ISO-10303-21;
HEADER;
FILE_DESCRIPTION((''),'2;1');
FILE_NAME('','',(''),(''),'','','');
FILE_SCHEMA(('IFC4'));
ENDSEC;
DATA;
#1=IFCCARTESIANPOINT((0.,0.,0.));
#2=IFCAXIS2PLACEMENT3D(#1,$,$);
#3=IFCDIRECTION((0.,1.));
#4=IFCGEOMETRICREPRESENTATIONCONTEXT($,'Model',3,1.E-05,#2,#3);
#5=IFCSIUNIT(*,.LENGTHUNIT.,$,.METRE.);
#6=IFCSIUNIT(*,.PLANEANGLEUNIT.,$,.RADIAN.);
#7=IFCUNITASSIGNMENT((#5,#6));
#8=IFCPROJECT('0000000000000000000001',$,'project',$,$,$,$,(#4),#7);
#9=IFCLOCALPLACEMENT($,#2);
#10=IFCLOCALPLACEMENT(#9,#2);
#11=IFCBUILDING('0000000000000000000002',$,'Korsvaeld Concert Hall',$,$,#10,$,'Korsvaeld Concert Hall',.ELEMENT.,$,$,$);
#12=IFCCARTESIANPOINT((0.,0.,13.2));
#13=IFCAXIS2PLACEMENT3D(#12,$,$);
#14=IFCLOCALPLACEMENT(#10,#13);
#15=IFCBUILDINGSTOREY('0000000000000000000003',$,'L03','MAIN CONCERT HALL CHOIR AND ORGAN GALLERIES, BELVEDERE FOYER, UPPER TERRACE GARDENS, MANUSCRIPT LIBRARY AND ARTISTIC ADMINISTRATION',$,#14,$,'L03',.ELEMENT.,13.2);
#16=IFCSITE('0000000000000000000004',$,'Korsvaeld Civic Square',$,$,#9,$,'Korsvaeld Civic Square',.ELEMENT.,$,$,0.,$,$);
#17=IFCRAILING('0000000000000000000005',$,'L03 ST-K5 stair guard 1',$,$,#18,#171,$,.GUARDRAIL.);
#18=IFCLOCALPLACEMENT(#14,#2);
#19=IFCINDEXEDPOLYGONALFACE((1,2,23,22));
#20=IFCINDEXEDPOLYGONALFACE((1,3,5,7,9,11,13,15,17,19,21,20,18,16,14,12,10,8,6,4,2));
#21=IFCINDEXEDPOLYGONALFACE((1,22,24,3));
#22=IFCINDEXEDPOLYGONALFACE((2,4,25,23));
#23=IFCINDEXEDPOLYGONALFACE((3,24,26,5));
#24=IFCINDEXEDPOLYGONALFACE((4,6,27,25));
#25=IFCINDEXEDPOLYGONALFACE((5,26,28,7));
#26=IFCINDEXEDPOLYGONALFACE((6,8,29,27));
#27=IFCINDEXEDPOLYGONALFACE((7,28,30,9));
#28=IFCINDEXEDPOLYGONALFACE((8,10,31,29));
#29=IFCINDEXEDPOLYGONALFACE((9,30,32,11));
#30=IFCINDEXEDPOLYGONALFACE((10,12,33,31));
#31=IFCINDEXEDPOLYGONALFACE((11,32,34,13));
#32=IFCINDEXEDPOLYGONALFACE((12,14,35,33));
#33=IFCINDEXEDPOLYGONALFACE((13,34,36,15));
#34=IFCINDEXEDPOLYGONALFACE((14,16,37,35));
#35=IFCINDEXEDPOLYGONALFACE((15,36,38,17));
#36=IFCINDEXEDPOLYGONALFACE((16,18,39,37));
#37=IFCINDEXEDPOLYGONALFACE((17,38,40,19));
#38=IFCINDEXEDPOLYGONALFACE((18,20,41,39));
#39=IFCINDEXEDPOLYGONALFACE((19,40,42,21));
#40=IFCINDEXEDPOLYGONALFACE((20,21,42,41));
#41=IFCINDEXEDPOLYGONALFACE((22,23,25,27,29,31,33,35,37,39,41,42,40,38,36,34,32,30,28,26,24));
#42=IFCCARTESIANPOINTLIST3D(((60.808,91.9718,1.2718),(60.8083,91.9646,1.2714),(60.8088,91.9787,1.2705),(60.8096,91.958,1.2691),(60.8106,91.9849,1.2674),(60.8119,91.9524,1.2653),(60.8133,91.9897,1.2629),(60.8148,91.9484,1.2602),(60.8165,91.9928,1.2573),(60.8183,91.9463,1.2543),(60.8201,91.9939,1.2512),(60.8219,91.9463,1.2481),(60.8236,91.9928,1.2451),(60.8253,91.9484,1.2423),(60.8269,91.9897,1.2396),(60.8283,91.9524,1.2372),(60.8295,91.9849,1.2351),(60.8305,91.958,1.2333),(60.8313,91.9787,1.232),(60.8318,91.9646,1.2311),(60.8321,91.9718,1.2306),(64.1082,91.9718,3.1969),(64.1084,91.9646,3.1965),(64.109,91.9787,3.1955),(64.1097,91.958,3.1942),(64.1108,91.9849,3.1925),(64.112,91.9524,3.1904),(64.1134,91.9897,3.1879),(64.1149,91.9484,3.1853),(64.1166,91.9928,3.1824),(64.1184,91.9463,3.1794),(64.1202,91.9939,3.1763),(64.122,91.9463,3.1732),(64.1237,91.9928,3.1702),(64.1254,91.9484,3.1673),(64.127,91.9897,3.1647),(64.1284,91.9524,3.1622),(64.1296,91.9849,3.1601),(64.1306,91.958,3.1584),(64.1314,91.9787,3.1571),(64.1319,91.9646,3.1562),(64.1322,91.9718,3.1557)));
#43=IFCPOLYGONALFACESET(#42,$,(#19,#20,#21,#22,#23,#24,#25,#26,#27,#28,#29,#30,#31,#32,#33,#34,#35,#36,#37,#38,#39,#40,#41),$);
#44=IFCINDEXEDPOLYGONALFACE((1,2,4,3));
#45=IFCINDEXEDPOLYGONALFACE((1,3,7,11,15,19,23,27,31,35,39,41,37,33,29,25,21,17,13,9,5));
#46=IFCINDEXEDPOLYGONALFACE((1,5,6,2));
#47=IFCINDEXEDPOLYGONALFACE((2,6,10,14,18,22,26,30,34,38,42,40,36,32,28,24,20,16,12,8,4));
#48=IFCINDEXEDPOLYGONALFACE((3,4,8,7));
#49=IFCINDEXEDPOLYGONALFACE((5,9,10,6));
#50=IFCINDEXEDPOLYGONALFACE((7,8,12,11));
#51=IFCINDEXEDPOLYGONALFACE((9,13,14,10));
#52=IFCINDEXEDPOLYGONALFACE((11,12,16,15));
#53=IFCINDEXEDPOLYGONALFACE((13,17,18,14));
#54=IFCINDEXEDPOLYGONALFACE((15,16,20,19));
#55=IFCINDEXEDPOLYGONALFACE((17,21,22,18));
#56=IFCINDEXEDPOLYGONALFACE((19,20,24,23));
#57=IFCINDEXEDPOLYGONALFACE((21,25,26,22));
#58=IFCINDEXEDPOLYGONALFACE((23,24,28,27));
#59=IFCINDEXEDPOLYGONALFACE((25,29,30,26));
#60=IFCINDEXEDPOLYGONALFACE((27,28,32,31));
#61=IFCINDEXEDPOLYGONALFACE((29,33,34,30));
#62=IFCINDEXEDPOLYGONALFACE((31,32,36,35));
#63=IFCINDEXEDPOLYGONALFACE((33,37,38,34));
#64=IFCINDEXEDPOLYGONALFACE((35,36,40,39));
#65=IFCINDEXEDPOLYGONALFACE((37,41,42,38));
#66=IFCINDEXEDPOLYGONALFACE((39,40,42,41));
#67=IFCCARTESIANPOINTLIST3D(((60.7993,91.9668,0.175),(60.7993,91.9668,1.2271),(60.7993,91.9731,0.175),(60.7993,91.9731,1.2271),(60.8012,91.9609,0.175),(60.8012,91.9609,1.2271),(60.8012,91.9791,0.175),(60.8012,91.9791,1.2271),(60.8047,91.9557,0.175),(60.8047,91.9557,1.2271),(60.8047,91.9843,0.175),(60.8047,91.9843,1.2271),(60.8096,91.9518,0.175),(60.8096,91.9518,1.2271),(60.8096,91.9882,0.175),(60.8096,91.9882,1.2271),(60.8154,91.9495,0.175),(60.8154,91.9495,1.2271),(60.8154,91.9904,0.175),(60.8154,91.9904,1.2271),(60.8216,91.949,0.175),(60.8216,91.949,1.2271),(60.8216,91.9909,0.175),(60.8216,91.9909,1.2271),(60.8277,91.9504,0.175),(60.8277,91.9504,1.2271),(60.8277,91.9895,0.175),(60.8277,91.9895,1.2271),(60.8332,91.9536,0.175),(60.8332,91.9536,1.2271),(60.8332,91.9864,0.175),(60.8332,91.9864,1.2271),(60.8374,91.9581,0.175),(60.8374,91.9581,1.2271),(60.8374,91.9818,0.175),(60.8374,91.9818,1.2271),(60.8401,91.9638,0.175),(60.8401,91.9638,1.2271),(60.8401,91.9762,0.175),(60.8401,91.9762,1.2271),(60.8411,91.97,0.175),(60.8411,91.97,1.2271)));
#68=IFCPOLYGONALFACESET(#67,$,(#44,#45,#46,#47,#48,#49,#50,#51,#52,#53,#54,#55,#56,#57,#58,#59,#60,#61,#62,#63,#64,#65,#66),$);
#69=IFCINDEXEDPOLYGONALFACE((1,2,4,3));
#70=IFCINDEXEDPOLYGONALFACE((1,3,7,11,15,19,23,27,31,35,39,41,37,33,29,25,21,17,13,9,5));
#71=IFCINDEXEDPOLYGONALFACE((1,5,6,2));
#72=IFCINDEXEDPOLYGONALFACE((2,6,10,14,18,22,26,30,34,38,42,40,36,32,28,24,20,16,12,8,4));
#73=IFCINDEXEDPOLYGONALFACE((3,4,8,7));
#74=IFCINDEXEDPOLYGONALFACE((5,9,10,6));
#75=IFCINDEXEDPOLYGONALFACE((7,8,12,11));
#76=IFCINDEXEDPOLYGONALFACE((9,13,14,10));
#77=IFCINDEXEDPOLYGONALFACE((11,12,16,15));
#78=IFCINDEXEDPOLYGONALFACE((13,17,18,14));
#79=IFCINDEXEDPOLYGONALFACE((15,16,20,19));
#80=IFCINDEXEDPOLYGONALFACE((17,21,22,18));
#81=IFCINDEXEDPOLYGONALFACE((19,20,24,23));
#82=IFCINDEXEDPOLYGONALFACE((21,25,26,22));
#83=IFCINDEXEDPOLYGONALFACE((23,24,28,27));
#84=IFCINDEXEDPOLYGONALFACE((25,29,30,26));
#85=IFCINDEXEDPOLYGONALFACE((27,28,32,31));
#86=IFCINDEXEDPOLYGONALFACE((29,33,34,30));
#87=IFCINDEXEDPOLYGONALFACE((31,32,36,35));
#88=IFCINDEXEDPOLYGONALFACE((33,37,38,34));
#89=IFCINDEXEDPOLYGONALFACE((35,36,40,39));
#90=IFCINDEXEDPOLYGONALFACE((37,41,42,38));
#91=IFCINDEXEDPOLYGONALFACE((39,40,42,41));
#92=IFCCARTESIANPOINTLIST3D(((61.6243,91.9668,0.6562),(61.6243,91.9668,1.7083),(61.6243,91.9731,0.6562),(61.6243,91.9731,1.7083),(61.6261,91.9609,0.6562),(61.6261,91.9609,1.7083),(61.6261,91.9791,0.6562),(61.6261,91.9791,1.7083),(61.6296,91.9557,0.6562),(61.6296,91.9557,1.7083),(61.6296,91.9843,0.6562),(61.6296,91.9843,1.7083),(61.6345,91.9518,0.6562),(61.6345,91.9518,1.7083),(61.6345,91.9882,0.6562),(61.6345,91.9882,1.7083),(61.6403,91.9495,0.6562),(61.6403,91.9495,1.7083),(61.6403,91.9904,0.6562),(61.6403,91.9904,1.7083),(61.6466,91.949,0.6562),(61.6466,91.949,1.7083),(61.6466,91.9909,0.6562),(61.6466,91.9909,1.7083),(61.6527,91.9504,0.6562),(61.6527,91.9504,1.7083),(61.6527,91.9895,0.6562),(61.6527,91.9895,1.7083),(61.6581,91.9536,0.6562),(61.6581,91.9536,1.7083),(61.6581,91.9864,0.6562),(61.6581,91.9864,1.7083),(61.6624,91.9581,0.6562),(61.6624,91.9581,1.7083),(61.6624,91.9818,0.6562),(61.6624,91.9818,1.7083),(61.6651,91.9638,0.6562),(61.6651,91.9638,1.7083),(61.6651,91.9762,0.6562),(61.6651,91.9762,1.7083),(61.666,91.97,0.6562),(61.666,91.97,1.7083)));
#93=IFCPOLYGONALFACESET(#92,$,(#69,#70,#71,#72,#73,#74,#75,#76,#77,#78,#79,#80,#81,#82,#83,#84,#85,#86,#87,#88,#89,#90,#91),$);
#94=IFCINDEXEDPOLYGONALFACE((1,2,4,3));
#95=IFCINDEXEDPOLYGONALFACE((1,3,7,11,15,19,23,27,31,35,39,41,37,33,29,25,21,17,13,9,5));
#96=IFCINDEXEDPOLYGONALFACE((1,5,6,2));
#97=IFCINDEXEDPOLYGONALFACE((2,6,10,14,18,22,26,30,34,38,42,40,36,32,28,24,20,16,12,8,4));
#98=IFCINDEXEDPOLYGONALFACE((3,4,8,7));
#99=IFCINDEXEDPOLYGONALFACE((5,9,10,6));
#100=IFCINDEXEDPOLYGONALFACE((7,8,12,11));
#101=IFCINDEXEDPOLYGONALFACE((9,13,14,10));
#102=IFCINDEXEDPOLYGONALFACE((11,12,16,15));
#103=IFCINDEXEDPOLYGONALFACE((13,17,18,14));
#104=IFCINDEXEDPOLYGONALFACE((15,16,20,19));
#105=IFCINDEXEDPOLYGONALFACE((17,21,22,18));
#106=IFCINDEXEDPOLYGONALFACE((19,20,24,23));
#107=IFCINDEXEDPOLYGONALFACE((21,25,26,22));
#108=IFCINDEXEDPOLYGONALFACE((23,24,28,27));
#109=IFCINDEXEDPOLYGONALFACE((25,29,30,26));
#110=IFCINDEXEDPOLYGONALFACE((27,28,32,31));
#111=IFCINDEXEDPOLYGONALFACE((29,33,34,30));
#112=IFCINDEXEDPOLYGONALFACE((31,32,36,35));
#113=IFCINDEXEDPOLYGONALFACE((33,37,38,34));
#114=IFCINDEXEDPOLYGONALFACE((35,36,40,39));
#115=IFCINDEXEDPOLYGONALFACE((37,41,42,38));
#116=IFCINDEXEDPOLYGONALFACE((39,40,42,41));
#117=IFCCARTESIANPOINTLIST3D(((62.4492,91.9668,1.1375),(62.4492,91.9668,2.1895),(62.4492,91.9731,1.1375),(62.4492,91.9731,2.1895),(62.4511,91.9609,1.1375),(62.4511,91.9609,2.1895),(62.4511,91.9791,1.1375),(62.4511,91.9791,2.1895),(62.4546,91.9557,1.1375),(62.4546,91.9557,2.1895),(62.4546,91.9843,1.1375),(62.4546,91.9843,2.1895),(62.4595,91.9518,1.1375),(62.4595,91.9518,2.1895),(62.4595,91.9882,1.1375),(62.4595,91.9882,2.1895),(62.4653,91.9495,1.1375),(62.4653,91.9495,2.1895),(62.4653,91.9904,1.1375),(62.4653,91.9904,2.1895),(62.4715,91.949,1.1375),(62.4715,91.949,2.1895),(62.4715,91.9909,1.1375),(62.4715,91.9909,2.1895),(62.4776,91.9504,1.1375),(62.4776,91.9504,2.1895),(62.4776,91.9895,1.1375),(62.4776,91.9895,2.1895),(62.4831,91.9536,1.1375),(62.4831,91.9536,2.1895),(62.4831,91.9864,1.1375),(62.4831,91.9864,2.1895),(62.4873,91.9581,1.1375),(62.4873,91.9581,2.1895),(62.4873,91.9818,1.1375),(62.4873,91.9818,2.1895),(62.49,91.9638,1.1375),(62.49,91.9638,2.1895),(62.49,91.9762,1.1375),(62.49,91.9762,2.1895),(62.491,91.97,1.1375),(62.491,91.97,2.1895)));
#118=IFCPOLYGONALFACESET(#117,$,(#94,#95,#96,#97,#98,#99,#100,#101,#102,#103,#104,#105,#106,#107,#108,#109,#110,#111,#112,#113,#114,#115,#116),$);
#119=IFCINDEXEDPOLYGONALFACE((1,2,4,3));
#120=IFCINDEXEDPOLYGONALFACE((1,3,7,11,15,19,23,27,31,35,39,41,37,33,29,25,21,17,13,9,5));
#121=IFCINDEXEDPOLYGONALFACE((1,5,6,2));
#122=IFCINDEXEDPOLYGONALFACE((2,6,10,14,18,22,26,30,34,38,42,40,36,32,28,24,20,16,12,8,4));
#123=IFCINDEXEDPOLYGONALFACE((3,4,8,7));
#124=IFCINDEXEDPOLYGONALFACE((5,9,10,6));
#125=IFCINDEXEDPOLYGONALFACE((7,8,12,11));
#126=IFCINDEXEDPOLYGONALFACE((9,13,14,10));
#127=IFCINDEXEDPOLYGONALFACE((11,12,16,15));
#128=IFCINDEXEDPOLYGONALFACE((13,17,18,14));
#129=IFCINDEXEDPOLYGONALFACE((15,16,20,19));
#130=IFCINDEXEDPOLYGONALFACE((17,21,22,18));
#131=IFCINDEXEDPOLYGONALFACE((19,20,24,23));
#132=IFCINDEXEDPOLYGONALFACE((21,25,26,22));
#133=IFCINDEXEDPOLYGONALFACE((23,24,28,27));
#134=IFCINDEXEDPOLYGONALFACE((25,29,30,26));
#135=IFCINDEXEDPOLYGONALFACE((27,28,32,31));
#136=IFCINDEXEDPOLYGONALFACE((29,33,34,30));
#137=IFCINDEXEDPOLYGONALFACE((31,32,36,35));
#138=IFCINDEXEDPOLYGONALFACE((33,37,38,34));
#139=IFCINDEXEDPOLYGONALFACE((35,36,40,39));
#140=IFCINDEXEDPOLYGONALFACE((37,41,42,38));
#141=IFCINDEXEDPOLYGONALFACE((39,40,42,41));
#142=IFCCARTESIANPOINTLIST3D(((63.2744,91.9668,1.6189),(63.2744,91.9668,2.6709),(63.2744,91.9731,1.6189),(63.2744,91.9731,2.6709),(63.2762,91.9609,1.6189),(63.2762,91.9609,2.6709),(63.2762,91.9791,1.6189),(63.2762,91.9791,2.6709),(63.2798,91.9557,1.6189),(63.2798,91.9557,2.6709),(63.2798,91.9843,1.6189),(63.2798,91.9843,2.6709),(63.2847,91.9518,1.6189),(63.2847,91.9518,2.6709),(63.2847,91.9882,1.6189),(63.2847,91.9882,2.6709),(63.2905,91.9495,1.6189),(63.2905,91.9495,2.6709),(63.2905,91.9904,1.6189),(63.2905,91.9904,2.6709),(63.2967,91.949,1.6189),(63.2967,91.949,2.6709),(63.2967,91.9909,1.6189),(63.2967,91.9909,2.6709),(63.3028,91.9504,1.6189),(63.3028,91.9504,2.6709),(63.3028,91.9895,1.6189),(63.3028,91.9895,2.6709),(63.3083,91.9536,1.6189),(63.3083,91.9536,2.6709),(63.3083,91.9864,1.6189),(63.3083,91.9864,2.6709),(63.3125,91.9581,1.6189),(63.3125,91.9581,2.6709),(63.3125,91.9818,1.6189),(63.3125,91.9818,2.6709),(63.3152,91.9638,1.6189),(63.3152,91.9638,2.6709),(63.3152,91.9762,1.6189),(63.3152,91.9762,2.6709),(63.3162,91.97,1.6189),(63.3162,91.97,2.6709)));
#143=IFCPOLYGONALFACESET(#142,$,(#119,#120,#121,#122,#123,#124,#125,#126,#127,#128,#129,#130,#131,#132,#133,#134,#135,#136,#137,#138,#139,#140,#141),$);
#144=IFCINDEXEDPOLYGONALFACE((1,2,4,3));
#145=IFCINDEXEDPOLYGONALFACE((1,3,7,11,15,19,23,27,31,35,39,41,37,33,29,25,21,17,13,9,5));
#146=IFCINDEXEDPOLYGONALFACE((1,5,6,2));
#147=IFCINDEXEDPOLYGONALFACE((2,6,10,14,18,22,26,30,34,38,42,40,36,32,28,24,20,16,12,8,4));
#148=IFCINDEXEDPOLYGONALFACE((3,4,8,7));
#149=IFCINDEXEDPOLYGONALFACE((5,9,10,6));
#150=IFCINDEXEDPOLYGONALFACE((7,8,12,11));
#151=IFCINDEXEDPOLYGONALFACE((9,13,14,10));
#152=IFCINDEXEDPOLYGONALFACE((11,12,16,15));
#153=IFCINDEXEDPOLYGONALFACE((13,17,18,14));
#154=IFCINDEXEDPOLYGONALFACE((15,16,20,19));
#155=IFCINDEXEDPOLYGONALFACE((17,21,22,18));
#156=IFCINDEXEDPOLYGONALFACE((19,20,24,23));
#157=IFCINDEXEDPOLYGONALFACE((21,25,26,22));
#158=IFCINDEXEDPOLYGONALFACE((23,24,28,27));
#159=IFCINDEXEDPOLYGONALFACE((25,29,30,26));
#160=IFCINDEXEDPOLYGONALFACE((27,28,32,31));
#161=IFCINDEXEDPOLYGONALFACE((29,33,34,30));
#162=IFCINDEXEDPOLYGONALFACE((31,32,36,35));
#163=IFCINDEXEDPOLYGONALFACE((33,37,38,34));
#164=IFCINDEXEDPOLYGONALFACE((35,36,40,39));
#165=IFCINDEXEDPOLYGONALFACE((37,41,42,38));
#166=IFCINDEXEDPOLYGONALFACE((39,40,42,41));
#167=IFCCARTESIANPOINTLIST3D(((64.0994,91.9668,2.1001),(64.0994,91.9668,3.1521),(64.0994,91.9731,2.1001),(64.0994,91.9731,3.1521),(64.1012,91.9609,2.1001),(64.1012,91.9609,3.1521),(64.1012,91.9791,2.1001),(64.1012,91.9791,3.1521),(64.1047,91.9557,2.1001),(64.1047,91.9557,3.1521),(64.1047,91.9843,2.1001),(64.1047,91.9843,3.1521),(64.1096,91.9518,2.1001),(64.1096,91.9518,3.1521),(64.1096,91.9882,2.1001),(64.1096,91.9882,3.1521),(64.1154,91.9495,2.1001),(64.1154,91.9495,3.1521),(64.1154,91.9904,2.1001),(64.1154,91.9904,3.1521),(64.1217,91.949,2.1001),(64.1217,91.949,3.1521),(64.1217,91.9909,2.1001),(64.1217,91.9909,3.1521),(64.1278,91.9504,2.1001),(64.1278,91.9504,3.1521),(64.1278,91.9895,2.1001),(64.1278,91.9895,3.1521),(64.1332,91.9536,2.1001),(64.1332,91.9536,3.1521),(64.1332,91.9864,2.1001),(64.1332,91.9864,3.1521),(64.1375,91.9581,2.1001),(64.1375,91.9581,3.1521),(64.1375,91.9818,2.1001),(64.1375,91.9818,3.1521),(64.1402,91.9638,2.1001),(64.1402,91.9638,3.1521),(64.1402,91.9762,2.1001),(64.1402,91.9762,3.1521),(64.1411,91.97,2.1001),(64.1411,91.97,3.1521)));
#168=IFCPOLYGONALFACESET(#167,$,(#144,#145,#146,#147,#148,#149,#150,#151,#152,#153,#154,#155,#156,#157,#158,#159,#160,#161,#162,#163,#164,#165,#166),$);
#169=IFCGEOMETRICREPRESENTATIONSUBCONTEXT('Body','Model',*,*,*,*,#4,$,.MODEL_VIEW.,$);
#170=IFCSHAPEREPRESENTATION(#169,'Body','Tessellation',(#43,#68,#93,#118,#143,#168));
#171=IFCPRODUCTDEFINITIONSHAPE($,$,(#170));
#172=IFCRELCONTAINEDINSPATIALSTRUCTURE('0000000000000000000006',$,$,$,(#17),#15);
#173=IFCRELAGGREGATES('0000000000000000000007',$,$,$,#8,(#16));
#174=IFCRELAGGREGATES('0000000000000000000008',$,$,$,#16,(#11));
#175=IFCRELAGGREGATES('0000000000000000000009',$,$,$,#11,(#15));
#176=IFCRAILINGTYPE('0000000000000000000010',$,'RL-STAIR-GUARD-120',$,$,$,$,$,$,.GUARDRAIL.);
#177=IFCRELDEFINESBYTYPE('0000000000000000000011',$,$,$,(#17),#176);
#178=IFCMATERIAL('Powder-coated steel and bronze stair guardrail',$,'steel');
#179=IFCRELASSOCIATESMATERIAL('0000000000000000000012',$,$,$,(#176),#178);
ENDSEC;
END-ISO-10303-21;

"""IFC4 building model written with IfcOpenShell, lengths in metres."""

from ifc_helpers import new_model, si_unit, direction, frame, origin, origin_2d, place, context, subcontext, project, spatial, circle, extrude, material, type_object, element, save


model = new_model("IFC4")

# Units and contexts
model_context = context("Model", 3, precision=1e-05, world=origin(), true_north=direction((0.0, 1.0)))
body_context = subcontext(model_context, "Body", "Model", "MODEL_VIEW")
ifc_project = project(units=[si_unit("LENGTHUNIT", "METRE"), si_unit("PLANEANGLEUNIT", "RADIAN")], contexts=[model_context])

# Site, building, storey
site_placement = place(None, origin())
site = spatial("IfcSite", under=ifc_project, at=site_placement, Name="Korsvaeld Civic Square", LongName="Korsvaeld Civic Square", CompositionType="ELEMENT", RefElevation=0.0)
building_placement = place(site_placement, origin())
building = spatial("IfcBuilding", under=site, at=building_placement, Name="Korsvaeld Concert Hall", LongName="Korsvaeld Concert Hall", CompositionType="ELEMENT")
storey_placement = place(building_placement, frame((0.0, 0.0, 13.2)))
storey = spatial("IfcBuildingStorey", under=building, at=storey_placement, Name="L03", Description="MAIN CONCERT HALL CHOIR AND ORGAN GALLERIES, BELVEDERE FOYER, UPPER TERRACE GARDENS, MANUSCRIPT LIBRARY AND ARTISTIC ADMINISTRATION", LongName="L03", CompositionType="ELEMENT", Elevation=13.2)

# Railing
ifc_material_1 = material(Name="Powder-coated steel and bronze stair guardrail", Category="steel")
railing_type_1 = type_object("IfcRailingType", Name="RL-STAIR-GUARD-120", PredefinedType="GUARDRAIL", material=ifc_material_1)
railing_1_placement = place(storey_placement, frame((60.8201, 91.97, 0.175)))
element("IfcRailing", 1, at=railing_1_placement, inside=storey, type_object=railing_type_1, Name="L03 ST-K5 stair guard 1", PredefinedType="GUARDRAIL", context=body_context, shape_type="SweptSolid", body=[
    extrude(circle(Radius=0.0239, at=origin_2d()), frame((0.0, 0.0, 1.0762), z_axis=(0.863777, 0.0, 0.503875), x_axis=(0.0, 1.0, 0.0)), (0.0, 0.0, 1.0), 3.8206),
    extrude(circle(Radius=0.021, at=origin_2d()), origin(), (0.0, 0.0, 1.0), 1.052),
    extrude(circle(Radius=0.021, at=origin_2d()), frame((0.825, 0.0, 0.4812)), (0.0, 0.0, 1.0), 1.052),
    extrude(circle(Radius=0.021, at=origin_2d()), frame((1.6499, 0.0, 0.9624)), (0.0, 0.0, 1.0), 1.052),
    extrude(circle(Radius=0.021, at=origin_2d()), frame((2.4751, 0.0, 1.4438)), (0.0, 0.0, 1.0), 1.052),
    extrude(circle(Radius=0.021, at=origin_2d()), frame((3.3, 0.0, 1.925)), (0.0, 0.0, 1.0), 1.052),
])

save(model, "model.ifc")
